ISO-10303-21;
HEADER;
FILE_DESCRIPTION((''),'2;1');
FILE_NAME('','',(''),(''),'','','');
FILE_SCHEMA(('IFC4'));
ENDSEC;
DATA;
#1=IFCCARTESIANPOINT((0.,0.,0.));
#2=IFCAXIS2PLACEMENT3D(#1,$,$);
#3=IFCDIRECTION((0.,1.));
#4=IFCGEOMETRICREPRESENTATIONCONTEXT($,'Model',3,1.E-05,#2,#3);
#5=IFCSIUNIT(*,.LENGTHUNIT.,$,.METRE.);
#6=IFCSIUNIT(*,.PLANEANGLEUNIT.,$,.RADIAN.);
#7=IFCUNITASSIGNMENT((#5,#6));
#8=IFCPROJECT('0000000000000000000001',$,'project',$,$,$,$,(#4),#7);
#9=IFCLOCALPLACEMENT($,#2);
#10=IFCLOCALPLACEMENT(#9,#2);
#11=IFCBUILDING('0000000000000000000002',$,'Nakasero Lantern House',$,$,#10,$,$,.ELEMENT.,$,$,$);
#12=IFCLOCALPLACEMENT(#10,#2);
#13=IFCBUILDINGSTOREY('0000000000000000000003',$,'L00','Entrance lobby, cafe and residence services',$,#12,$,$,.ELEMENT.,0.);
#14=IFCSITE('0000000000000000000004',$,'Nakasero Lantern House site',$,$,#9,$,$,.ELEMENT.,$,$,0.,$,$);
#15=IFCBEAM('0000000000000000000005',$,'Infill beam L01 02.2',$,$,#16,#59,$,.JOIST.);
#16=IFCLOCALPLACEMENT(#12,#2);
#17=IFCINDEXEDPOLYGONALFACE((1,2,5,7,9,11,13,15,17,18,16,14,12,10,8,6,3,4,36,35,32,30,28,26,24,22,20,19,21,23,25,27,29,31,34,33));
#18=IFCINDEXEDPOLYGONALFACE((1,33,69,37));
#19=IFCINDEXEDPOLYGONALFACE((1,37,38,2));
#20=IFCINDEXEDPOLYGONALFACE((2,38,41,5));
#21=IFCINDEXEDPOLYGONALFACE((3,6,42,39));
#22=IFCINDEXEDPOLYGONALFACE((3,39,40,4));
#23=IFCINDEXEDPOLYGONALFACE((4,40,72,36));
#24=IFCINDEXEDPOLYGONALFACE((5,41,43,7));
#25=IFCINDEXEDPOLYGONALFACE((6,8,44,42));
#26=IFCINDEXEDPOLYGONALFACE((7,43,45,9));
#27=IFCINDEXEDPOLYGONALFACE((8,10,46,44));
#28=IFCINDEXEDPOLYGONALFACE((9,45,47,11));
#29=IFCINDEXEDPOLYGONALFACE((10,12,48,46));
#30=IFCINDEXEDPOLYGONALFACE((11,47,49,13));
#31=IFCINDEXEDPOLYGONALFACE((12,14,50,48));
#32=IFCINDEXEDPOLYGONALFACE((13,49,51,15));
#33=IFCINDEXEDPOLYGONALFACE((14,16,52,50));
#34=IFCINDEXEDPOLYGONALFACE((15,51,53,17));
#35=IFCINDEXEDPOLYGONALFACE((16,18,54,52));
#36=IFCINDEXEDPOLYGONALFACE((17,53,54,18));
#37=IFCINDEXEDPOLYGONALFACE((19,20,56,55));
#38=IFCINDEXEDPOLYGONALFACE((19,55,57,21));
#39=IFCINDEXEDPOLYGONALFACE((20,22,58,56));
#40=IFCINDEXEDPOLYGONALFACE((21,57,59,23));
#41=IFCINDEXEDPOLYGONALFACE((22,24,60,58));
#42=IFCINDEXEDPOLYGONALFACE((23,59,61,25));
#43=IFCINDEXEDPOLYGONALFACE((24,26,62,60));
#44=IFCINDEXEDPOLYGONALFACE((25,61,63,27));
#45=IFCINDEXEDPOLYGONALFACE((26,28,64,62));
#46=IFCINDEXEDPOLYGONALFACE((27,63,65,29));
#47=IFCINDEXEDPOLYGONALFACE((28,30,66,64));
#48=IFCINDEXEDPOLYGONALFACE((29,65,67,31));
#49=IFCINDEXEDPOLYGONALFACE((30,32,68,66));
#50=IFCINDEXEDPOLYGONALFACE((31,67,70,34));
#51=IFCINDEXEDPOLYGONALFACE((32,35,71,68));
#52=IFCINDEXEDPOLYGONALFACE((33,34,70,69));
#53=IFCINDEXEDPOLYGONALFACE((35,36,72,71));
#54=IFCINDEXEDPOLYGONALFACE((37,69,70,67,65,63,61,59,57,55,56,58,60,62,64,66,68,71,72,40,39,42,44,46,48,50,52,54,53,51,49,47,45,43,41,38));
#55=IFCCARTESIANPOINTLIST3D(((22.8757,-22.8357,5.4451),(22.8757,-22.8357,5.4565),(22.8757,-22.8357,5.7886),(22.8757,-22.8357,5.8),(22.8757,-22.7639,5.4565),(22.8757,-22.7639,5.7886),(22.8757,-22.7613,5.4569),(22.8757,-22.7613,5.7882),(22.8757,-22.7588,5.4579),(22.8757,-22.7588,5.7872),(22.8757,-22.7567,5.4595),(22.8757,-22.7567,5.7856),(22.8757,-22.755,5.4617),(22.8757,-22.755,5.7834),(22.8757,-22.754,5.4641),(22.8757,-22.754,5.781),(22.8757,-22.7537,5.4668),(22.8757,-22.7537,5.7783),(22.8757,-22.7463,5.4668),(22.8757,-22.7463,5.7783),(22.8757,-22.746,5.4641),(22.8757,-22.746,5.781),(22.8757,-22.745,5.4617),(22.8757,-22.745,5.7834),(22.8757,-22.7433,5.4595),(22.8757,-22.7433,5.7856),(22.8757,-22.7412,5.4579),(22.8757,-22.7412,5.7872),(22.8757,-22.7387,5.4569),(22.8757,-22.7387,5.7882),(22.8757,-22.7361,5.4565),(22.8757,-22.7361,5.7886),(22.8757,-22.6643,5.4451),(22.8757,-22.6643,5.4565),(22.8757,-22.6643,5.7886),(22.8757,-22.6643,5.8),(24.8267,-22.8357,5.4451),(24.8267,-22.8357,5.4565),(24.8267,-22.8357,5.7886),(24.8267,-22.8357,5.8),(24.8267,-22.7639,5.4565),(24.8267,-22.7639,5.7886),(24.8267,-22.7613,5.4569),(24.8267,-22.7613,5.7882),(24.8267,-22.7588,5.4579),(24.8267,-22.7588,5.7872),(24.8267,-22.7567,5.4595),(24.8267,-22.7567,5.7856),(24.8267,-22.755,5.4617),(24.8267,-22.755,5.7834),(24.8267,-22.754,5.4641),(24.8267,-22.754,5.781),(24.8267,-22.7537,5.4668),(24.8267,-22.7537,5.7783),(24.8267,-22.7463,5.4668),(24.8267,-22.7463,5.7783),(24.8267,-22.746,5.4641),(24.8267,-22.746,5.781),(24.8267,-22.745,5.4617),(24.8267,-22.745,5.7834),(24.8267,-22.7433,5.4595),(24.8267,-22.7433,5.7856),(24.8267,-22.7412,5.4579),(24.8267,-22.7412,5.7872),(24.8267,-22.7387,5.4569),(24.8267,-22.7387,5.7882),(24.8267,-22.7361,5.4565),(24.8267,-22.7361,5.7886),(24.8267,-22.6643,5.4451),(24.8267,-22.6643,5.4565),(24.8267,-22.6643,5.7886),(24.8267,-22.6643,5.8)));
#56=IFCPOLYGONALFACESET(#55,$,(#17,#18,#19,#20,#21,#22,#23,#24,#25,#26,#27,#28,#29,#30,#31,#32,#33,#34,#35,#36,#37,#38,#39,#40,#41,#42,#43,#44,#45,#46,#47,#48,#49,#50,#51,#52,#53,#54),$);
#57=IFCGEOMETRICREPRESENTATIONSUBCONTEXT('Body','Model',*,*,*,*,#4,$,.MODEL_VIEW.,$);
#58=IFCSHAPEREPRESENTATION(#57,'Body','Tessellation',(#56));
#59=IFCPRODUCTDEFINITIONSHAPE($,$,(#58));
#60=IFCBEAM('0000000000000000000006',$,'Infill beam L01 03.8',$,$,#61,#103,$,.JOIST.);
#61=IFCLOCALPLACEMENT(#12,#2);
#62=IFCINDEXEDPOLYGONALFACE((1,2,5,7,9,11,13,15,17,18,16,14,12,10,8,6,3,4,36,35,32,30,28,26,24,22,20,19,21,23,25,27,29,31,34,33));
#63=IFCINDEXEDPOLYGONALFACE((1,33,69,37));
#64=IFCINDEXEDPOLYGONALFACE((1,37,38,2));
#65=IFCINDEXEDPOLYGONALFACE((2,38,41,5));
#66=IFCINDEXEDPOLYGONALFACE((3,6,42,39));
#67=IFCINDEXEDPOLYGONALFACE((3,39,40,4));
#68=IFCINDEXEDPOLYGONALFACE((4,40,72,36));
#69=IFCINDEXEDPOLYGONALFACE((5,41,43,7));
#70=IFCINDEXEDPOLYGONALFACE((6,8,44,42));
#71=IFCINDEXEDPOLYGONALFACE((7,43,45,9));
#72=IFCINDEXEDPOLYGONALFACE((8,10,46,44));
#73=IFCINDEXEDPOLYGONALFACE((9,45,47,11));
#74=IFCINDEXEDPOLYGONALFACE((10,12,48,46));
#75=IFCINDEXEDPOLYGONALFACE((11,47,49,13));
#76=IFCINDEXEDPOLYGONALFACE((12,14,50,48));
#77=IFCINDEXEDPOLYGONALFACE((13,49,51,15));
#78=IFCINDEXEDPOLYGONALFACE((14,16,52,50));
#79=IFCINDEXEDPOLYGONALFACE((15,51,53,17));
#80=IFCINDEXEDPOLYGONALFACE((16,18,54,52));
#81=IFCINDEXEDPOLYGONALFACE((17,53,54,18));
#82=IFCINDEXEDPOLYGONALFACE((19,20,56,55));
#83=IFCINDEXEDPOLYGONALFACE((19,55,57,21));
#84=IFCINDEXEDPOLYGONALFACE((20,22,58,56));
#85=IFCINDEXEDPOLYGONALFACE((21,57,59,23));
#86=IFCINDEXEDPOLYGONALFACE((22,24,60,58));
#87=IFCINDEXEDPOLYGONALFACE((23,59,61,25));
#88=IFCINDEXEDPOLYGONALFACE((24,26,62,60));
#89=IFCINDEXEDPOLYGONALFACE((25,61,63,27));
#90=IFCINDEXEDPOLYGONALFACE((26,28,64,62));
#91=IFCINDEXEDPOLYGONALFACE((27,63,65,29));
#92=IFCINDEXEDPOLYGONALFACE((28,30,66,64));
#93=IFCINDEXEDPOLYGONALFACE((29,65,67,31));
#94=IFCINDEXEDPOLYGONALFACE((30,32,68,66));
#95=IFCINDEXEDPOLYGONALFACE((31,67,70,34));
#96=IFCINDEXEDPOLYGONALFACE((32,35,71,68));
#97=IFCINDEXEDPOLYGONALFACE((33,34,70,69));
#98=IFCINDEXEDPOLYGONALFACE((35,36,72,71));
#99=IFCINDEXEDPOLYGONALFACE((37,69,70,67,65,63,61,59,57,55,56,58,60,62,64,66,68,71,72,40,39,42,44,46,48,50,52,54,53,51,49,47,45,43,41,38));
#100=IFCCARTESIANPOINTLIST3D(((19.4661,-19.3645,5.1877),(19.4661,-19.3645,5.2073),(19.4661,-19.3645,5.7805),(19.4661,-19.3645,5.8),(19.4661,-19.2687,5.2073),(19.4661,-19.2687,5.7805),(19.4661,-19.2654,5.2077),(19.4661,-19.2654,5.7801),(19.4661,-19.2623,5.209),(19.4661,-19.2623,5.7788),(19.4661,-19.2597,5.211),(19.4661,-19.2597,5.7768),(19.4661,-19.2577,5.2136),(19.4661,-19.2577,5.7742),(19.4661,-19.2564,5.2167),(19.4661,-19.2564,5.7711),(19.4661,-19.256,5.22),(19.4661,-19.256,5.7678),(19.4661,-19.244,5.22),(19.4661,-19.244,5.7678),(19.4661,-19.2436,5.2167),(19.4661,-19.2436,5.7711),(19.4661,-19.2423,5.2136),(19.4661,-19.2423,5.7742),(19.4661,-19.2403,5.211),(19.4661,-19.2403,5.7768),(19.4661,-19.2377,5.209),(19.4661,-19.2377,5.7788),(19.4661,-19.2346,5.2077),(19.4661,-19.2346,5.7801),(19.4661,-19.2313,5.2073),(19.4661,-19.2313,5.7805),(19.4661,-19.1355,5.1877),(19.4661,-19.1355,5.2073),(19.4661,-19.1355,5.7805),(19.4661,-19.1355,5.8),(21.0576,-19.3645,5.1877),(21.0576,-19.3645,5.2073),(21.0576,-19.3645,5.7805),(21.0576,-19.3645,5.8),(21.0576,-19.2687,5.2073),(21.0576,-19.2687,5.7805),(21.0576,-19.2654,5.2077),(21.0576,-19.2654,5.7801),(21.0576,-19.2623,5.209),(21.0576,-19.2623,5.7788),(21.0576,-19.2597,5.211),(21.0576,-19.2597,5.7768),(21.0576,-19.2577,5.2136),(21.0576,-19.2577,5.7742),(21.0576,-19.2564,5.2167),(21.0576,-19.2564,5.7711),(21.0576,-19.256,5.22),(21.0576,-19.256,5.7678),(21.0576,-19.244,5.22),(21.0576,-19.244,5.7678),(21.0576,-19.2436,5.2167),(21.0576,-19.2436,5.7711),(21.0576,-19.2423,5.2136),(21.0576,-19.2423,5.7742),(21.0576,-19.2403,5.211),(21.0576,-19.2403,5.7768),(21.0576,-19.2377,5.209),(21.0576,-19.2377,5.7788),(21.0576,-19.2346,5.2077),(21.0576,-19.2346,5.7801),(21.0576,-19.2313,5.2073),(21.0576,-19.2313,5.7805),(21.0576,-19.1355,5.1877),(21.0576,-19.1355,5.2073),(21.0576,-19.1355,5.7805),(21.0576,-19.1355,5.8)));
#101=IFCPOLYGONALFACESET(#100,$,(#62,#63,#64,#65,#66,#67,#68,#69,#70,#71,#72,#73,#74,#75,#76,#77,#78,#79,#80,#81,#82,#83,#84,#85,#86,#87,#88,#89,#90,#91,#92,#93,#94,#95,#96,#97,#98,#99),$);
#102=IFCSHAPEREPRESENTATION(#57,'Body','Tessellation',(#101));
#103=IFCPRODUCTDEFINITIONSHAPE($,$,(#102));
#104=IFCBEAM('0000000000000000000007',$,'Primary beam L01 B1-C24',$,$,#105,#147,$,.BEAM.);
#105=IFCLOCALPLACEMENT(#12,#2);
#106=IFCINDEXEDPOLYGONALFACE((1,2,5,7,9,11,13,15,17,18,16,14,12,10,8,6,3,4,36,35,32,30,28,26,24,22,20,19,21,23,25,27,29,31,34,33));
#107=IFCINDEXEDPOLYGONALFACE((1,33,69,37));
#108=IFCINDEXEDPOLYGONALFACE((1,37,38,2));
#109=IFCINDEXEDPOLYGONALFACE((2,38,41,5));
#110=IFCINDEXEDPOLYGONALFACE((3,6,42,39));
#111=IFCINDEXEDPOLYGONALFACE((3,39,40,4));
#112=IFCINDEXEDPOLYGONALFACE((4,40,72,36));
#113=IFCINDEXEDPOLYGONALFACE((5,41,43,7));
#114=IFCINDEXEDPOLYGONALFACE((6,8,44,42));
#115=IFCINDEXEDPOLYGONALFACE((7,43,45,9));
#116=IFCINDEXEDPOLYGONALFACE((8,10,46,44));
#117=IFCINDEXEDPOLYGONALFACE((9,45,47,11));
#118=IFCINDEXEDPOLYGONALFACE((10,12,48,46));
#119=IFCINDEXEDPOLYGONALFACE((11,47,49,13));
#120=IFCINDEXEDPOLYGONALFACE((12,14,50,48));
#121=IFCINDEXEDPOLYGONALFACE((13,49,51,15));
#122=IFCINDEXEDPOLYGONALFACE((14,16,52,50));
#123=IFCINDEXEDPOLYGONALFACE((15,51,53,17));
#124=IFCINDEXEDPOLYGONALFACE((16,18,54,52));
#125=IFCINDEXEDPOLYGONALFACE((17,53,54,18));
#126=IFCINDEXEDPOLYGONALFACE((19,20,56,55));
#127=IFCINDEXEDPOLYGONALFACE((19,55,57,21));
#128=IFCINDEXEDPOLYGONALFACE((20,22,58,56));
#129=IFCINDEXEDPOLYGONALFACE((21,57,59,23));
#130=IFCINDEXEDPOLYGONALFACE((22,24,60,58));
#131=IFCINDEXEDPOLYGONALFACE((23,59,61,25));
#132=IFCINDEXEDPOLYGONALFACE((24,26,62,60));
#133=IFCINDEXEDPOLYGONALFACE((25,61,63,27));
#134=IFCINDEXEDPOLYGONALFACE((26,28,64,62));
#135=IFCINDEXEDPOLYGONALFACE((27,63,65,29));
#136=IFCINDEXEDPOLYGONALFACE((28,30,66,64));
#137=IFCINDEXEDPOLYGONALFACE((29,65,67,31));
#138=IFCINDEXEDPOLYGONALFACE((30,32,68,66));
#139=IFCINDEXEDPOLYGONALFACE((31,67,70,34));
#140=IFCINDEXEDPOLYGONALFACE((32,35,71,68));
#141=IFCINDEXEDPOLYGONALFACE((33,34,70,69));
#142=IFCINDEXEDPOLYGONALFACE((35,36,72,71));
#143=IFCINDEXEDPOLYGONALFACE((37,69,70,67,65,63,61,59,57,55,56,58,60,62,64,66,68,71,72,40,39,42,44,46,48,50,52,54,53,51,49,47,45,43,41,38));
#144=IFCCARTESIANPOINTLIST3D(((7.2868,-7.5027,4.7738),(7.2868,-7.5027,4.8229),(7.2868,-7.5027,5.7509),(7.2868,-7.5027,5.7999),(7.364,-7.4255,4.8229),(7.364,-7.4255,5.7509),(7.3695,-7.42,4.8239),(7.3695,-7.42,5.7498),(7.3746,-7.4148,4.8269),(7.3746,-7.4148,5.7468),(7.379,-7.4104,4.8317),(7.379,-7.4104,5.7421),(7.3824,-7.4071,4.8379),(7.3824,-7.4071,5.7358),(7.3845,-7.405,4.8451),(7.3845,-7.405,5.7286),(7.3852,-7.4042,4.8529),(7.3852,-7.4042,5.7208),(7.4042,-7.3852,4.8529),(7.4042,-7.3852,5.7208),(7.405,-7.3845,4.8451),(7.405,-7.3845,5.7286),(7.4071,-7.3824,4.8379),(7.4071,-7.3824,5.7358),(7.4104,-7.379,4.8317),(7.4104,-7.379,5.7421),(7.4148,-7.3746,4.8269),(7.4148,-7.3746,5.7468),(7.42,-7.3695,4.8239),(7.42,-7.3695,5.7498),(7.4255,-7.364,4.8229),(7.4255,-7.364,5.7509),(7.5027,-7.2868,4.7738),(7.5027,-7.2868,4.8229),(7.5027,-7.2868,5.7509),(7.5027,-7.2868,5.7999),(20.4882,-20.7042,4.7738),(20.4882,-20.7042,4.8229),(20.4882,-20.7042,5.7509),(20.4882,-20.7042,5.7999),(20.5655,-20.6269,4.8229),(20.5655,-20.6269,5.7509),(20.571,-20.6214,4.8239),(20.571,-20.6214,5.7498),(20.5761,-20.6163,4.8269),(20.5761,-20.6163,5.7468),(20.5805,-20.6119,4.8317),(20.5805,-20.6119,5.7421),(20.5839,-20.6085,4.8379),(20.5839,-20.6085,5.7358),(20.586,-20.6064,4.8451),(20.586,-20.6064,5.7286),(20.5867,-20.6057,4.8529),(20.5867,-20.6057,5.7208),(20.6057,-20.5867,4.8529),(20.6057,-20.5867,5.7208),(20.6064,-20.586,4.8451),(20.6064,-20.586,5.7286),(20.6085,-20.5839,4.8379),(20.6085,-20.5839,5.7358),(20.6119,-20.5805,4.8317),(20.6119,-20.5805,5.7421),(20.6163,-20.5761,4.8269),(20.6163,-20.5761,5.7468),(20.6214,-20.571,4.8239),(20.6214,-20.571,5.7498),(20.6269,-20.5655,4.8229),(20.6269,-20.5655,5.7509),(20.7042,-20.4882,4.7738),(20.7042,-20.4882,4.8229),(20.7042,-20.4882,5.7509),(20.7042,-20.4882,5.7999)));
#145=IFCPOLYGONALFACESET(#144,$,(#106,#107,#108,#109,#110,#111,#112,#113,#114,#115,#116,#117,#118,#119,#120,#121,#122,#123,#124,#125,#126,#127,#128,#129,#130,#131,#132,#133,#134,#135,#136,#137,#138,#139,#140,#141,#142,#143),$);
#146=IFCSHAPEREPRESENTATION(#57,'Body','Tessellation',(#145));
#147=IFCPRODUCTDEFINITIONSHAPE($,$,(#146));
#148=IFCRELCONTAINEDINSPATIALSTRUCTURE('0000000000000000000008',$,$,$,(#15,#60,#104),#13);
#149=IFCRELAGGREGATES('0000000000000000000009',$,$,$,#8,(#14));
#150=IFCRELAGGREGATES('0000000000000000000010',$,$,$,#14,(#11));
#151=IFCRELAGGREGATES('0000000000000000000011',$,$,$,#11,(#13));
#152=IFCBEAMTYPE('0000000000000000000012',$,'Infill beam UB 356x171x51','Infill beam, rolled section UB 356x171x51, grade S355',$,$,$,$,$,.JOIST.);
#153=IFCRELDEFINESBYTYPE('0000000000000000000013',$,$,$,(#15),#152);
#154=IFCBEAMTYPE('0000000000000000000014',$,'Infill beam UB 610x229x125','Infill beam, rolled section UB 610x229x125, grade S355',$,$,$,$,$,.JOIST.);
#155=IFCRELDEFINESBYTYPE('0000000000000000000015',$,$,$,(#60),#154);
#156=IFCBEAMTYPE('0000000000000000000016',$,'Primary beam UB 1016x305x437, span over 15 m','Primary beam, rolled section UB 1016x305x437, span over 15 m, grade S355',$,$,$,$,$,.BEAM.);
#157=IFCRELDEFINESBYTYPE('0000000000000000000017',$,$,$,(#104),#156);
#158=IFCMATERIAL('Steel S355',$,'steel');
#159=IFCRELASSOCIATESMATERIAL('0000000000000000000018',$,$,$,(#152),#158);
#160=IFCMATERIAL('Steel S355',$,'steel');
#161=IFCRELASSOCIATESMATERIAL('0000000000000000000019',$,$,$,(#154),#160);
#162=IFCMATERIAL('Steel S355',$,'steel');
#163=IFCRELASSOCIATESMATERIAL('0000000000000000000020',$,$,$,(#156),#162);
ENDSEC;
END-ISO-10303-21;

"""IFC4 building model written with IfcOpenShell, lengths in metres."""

from ifc_helpers import new_model, si_unit, direction, frame, origin, origin_2d, place, context, subcontext, project, spatial, i_section, extrude, material, material_profile, profile_set, type_object, element, save


model = new_model("IFC4")

# Units and contexts
model_context = context("Model", 3, precision=1e-05, world=origin(), true_north=direction((0.0, 1.0)))
body_context = subcontext(model_context, "Body", "Model", "MODEL_VIEW")
ifc_project = project(units=[si_unit("LENGTHUNIT", "METRE"), si_unit("PLANEANGLEUNIT", "RADIAN")], contexts=[model_context])

# Site, building, storey
site_placement = place(None, origin())
site = spatial("IfcSite", under=ifc_project, at=site_placement, Name="Nakasero Lantern House site", CompositionType="ELEMENT", RefElevation=0.0)
building_placement = place(site_placement, origin())
building = spatial("IfcBuilding", under=site, at=building_placement, Name="Nakasero Lantern House", CompositionType="ELEMENT")
storey_placement = place(building_placement, origin())
storey = spatial("IfcBuildingStorey", under=building, at=storey_placement, Name="L00", Description="Entrance lobby, cafe and residence services", CompositionType="ELEMENT", Elevation=0.0)

# Beams
ifc_material_1 = material(Name="Steel S355", Category="steel")
ifc_material_profile_1 = material_profile(ifc_material_1, i_section(OverallWidth=0.1714, OverallDepth=0.355, WebThickness=0.0073, FlangeThickness=0.0115, FilletRadius=0.0103, at=origin_2d()), Name="UB 356x171x51")
ifc_profile_set_1 = profile_set([ifc_material_profile_1], Name="Steel S355")
beam_type_1 = type_object("IfcBeamType", Name="Infill beam UB 356x171x51", Description="Infill beam, rolled section UB 356x171x51, grade S355", PredefinedType="JOIST", material=ifc_profile_set_1)
beam_1_placement = place(storey_placement, frame((22.8757, -22.75, 5.6226), z_axis=(1.0, 0.0, 0.0), x_axis=(0.0, 1.0, 0.0)))
element("IfcBeam", 1, at=beam_1_placement, inside=storey, type_object=beam_type_1, Name="Infill beam L01 02.2", PredefinedType="JOIST", context=body_context, shape_type="SweptSolid", body=[
    extrude(i_section(OverallWidth=0.1714, OverallDepth=0.355, WebThickness=0.0073, FlangeThickness=0.0115, FilletRadius=0.0103, at=origin_2d()), origin(), (0.0, 0.0, 1.0), 1.9509),
])
ifc_material_2 = material(Name="Steel S355", Category="steel")
ifc_material_profile_2 = material_profile(ifc_material_2, i_section(OverallWidth=0.229, OverallDepth=0.6123, WebThickness=0.012, FlangeThickness=0.0195, FilletRadius=0.0127, at=origin_2d()), Name="UB 610x229x125")
ifc_profile_set_2 = profile_set([ifc_material_profile_2], Name="Steel S355")
beam_type_2 = type_object("IfcBeamType", Name="Infill beam UB 610x229x125", Description="Infill beam, rolled section UB 610x229x125, grade S355", PredefinedType="JOIST", material=ifc_profile_set_2)
beam_2_placement = place(storey_placement, frame((19.4661, -19.25, 5.4939), z_axis=(1.0, 0.0, 0.0), x_axis=(0.0, 1.0, 0.0)))
element("IfcBeam", 2, at=beam_2_placement, inside=storey, type_object=beam_type_2, Name="Infill beam L01 03.8", PredefinedType="JOIST", context=body_context, shape_type="SweptSolid", body=[
    extrude(i_section(OverallWidth=0.229, OverallDepth=0.6123, WebThickness=0.012, FlangeThickness=0.0195, FilletRadius=0.0127, at=origin_2d()), origin(), (0.0, 0.0, 1.0), 1.5916),
])
ifc_material_3 = material(Name="Steel S355", Category="steel")
ifc_material_profile_3 = material_profile(ifc_material_3, i_section(OverallWidth=0.3054, OverallDepth=1.0261, WebThickness=0.0269, FlangeThickness=0.0491, FilletRadius=0.03, at=origin_2d()), Name="UB 1016x305x437")
ifc_profile_set_3 = profile_set([ifc_material_profile_3], Name="Steel S355")
beam_type_3 = type_object("IfcBeamType", Name="Primary beam UB 1016x305x437, span over 15 m", Description="Primary beam, rolled section UB 1016x305x437, span over 15 m, grade S355", PredefinedType="BEAM", material=ifc_profile_set_3)
beam_3_placement = place(storey_placement, frame((20.5962, -20.5962, 5.2869), z_axis=(-0.707107, 0.707107, 0.0), x_axis=(-0.707107, -0.707107, 0.0)))
element("IfcBeam", 3, at=beam_3_placement, inside=storey, type_object=beam_type_3, Name="Primary beam L01 B1-C24", PredefinedType="BEAM", context=body_context, shape_type="SweptSolid", body=[
    extrude(i_section(OverallWidth=0.3054, OverallDepth=1.0261, WebThickness=0.0269, FlangeThickness=0.0491, FilletRadius=0.03, at=origin_2d()), origin(), (0.0, 0.0, 1.0), 18.6697),
])

save(model, "model.ifc")
